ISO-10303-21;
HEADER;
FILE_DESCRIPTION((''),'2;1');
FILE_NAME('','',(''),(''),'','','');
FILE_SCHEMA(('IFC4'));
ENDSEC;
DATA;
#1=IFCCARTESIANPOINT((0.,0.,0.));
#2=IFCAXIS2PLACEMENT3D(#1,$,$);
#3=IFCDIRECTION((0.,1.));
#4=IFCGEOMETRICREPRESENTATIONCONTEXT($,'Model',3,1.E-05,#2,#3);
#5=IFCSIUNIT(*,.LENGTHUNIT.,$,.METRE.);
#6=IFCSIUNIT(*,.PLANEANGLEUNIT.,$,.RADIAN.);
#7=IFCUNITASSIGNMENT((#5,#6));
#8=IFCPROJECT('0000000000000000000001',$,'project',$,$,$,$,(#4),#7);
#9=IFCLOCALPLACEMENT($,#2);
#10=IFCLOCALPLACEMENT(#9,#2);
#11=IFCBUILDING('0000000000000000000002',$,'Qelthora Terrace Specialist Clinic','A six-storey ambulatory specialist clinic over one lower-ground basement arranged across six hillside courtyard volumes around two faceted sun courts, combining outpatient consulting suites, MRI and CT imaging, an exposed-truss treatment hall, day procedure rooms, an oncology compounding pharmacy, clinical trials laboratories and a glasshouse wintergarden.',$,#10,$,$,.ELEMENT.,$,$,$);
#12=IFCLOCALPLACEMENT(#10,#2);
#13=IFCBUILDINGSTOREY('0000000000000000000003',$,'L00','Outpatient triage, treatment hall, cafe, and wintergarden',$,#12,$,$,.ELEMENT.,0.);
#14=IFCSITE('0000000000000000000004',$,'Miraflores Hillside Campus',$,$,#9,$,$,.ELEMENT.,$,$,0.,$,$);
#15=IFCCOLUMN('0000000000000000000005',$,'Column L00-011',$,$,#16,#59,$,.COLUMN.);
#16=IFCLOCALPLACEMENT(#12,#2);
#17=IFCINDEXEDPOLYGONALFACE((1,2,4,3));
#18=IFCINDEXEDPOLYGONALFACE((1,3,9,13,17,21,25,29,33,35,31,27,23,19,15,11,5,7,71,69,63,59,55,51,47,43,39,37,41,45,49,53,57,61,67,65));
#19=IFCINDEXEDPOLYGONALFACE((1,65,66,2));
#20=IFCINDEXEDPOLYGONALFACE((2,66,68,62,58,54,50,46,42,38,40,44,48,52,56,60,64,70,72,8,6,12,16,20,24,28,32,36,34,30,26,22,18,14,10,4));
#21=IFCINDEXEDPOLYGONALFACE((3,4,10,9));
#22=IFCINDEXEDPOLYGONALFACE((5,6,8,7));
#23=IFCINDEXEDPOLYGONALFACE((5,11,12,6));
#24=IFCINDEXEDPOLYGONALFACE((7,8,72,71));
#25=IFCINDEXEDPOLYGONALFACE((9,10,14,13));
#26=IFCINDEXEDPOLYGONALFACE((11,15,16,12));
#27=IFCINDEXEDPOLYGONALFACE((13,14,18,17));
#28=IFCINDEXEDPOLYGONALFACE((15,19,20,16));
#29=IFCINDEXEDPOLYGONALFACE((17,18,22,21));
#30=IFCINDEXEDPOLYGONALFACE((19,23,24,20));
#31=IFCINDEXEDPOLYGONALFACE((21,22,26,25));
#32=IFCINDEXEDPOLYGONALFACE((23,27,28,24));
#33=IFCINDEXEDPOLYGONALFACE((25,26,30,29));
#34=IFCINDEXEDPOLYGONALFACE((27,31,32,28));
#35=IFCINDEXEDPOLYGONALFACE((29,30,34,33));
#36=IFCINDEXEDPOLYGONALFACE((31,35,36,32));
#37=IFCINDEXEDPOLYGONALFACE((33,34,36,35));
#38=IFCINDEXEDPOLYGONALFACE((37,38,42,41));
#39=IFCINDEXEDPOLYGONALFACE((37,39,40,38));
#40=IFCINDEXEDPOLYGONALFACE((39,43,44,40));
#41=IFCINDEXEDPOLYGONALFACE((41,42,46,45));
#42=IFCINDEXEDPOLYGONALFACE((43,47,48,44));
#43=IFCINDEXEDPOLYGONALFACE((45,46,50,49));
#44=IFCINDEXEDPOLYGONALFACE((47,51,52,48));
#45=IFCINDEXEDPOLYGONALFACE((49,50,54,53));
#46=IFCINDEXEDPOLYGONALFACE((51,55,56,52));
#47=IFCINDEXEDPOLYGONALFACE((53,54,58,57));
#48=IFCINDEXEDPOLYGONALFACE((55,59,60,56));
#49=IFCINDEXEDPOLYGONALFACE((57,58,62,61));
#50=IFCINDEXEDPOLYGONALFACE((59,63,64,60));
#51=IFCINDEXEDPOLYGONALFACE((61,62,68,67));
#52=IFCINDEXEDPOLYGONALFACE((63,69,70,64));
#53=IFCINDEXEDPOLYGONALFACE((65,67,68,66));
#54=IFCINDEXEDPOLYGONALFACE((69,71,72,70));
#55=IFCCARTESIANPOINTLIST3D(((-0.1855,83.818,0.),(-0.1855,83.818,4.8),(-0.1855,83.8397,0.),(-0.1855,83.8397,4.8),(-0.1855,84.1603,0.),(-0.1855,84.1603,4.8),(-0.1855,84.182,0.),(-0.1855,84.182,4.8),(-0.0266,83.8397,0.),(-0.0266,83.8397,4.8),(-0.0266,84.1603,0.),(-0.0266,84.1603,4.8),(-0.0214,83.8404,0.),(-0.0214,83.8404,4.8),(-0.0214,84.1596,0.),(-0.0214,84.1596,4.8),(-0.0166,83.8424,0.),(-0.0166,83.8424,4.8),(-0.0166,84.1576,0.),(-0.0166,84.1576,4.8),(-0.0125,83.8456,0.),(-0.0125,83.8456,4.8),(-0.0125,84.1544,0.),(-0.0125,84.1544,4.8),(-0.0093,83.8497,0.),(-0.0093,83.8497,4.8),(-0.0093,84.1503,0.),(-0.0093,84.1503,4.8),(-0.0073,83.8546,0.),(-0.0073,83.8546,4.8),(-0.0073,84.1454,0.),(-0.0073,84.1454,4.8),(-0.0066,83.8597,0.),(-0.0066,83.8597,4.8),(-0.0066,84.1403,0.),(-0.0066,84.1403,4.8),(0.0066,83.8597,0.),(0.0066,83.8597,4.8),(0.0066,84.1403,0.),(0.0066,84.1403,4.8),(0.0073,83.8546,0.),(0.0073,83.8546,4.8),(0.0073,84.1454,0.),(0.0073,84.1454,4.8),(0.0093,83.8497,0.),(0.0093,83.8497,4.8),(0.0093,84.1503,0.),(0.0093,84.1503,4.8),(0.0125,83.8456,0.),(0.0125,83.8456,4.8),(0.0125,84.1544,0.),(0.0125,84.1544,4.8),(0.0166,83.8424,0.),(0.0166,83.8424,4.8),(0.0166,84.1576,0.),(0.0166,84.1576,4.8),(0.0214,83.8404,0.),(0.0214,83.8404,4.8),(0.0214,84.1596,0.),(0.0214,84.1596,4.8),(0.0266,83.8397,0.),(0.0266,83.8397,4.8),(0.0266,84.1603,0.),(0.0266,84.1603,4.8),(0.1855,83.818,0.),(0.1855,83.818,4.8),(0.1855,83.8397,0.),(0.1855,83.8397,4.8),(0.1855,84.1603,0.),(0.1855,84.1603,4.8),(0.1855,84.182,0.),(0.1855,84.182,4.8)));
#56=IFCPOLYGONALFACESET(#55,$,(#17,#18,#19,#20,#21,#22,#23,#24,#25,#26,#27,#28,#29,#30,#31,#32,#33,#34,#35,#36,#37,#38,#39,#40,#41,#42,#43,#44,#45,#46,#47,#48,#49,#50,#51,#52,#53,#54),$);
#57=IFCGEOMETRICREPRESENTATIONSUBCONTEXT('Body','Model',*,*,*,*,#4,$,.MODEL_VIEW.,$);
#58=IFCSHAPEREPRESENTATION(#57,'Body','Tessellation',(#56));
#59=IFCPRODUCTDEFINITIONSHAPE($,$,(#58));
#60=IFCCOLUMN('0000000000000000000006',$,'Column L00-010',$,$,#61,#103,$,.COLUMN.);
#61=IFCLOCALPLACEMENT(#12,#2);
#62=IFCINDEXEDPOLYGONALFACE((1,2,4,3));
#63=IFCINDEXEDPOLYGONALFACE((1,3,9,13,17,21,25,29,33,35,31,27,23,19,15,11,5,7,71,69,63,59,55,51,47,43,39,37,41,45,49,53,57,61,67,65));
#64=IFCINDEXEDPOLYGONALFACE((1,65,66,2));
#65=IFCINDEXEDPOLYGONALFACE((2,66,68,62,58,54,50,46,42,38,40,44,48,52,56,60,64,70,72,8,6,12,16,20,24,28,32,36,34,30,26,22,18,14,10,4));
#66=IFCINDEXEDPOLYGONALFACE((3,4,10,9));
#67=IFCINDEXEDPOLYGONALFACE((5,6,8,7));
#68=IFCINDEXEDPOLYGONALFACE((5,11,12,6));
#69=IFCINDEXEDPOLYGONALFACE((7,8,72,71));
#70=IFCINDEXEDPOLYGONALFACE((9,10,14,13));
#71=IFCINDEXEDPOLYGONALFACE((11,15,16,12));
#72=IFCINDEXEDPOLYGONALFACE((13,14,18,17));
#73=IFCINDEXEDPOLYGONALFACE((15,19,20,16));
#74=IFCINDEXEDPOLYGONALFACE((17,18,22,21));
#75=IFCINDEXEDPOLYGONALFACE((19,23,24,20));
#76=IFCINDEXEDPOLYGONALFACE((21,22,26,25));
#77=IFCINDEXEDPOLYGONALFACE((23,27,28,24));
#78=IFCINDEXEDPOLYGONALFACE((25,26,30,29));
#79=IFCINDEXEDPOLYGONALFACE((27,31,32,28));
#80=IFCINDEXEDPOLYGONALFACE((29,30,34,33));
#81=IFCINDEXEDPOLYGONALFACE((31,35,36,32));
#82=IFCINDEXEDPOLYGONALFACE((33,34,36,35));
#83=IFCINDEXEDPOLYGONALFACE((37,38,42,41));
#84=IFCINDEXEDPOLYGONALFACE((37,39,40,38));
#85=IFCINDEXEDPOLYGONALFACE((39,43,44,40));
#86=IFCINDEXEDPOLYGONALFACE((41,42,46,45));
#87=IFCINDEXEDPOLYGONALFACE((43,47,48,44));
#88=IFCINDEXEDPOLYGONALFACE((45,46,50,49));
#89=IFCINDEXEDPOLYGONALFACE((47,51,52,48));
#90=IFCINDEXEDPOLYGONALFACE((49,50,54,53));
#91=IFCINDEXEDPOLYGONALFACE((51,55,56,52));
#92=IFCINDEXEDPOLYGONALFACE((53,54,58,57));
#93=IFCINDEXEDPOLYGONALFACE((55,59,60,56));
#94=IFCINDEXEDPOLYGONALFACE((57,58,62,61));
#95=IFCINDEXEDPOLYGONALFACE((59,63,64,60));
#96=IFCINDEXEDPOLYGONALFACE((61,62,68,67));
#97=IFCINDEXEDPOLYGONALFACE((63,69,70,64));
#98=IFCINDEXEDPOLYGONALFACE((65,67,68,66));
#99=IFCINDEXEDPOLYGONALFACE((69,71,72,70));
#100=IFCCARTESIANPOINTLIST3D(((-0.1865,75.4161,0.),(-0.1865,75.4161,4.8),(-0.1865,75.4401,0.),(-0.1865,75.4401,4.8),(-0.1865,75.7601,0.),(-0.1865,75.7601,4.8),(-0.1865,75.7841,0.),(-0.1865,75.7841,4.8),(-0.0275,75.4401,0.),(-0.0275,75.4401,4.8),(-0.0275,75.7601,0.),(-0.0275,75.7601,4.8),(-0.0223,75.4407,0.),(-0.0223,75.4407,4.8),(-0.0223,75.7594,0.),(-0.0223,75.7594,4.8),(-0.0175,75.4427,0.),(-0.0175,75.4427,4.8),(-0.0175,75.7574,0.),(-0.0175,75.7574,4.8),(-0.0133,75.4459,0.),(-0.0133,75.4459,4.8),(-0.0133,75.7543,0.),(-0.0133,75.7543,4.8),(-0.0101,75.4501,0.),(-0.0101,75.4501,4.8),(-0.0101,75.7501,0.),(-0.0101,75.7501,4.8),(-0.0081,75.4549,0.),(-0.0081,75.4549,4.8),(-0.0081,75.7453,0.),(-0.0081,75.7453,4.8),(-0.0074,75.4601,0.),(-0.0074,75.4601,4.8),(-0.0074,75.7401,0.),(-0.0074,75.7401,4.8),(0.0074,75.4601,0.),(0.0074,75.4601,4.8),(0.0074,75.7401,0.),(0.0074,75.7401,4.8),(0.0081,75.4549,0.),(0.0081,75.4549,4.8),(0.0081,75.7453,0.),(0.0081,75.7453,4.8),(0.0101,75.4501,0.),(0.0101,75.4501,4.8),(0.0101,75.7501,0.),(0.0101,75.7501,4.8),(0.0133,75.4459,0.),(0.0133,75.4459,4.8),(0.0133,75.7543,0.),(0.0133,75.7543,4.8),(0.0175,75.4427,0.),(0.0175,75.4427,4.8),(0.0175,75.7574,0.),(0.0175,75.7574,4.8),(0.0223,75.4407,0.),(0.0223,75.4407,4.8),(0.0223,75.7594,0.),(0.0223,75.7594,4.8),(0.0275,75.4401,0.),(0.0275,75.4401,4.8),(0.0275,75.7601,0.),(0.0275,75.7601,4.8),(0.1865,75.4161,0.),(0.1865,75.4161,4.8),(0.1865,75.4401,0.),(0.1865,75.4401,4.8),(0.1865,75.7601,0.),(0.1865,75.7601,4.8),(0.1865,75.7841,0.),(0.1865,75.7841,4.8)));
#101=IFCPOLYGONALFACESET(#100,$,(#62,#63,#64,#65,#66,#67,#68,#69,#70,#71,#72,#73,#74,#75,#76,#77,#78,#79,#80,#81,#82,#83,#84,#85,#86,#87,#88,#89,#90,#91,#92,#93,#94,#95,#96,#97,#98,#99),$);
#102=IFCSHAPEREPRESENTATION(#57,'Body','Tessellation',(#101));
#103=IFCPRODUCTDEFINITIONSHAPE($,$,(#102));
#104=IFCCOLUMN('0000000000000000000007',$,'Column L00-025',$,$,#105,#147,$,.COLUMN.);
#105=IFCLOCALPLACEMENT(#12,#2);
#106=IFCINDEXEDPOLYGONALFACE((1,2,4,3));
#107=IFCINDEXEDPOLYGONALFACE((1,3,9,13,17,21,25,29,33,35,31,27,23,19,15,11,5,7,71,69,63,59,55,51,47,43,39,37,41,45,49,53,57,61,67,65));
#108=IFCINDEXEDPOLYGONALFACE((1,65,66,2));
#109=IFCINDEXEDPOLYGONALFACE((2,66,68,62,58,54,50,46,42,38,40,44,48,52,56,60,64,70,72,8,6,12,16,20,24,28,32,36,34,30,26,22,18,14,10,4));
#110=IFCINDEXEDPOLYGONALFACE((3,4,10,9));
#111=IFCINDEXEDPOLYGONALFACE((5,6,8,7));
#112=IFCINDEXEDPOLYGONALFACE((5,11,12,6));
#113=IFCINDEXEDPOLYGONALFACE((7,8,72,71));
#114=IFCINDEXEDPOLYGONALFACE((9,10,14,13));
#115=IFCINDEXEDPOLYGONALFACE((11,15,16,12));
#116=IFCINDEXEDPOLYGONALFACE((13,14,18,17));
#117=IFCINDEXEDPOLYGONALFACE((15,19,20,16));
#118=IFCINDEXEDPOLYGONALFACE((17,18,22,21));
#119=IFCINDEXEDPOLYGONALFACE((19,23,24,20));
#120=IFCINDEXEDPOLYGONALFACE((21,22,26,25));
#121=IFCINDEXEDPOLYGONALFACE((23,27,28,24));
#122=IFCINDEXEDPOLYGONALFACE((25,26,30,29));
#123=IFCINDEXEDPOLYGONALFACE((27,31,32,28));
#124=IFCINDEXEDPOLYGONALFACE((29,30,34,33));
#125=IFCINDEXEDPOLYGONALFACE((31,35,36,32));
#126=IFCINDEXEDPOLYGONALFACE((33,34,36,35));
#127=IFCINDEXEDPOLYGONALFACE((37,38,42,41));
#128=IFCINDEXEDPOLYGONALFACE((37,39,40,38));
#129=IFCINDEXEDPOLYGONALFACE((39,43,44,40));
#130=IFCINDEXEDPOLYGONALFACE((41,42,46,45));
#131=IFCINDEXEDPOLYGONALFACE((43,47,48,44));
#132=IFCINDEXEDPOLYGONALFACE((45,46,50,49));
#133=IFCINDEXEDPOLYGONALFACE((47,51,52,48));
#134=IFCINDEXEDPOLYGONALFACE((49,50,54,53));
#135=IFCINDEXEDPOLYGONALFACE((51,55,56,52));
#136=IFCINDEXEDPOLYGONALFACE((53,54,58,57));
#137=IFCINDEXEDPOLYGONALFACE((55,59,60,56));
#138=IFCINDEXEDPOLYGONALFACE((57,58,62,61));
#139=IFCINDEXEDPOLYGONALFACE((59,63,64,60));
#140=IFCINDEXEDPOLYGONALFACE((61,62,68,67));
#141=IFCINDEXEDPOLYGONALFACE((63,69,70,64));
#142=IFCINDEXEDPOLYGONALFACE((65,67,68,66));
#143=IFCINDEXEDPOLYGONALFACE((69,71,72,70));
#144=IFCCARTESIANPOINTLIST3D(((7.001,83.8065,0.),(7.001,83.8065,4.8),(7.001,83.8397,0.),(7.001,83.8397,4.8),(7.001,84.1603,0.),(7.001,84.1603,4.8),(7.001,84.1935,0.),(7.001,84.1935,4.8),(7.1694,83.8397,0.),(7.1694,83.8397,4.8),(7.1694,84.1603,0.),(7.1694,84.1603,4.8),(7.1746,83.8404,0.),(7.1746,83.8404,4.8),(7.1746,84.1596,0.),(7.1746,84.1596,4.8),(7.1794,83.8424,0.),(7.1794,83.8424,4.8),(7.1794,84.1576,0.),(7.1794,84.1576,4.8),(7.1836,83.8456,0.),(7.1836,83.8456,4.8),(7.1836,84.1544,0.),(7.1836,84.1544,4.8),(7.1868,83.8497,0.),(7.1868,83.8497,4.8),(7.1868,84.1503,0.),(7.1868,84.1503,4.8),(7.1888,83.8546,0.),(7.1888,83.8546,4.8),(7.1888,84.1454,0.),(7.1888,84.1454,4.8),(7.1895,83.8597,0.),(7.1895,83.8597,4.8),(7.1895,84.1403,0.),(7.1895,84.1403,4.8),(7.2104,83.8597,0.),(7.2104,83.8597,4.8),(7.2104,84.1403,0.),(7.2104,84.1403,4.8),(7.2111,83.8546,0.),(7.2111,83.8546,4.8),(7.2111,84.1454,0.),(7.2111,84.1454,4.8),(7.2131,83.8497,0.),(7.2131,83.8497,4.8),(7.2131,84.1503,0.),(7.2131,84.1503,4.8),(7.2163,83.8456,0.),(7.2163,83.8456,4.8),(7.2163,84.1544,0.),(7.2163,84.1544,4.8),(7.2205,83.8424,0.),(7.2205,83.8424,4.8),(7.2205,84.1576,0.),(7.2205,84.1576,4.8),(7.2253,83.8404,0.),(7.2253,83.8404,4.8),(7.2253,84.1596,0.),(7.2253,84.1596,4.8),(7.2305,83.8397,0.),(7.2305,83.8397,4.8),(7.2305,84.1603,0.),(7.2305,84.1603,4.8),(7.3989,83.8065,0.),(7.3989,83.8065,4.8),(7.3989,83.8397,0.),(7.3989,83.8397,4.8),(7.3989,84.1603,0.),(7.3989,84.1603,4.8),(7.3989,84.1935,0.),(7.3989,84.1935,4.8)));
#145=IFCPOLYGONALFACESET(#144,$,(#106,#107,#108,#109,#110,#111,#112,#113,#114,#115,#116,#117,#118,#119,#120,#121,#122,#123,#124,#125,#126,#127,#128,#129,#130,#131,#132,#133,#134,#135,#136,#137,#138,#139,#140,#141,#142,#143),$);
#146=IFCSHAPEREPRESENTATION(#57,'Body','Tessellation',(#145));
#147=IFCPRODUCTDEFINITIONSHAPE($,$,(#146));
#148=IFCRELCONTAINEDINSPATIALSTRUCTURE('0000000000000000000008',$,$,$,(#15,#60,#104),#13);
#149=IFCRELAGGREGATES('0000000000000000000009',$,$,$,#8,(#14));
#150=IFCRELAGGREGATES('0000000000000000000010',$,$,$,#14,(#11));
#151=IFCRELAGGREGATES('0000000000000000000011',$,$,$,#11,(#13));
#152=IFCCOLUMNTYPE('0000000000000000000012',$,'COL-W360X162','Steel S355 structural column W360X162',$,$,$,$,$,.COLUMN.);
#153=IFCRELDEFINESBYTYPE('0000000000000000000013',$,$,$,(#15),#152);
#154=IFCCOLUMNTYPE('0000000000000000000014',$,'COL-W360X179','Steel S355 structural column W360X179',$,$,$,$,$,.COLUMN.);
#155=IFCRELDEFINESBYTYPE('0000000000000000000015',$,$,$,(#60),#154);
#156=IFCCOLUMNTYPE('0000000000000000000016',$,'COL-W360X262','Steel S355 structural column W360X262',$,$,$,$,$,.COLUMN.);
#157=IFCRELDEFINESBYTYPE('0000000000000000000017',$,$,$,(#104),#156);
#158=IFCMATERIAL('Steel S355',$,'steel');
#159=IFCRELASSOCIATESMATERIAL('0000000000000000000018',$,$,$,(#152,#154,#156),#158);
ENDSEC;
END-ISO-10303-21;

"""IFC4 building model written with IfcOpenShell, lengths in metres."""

from ifc_helpers import new_model, si_unit, direction, frame, origin, origin_2d, place, context, subcontext, project, spatial, i_section, extrude, material, material_profile, profile_set, type_object, element, save


model = new_model("IFC4")

# Units and contexts
model_context = context("Model", 3, precision=1e-05, world=origin(), true_north=direction((0.0, 1.0)))
body_context = subcontext(model_context, "Body", "Model", "MODEL_VIEW")
ifc_project = project(units=[si_unit("LENGTHUNIT", "METRE"), si_unit("PLANEANGLEUNIT", "RADIAN")], contexts=[model_context])

# Site, building, storey
site_placement = place(None, origin())
site = spatial("IfcSite", under=ifc_project, at=site_placement, Name="Miraflores Hillside Campus", CompositionType="ELEMENT", RefElevation=0.0)
building_placement = place(site_placement, origin())
building = spatial("IfcBuilding", under=site, at=building_placement, Name="Qelthora Terrace Specialist Clinic", Description="A six-storey ambulatory specialist clinic over one lower-ground basement arranged across six hillside courtyard volumes around two faceted sun courts, combining outpatient consulting suites, MRI and CT imaging, an exposed-truss treatment hall, day procedure rooms, an oncology compounding pharmacy, clinical trials laboratories and a glasshouse wintergarden.", CompositionType="ELEMENT")
storey_placement = place(building_placement, origin())
storey = spatial("IfcBuildingStorey", under=building, at=storey_placement, Name="L00", Description="Outpatient triage, treatment hall, cafe, and wintergarden", CompositionType="ELEMENT", Elevation=0.0)

# Columns
ifc_material_1 = material(Name="Steel S355", Category="steel")
ifc_material_profile_1 = material_profile(ifc_material_1, i_section(OverallWidth=0.3711, OverallDepth=0.364, WebThickness=0.0132, FlangeThickness=0.0217, FilletRadius=0.02, at=origin_2d()), Name="W360X162")
ifc_profile_set_1 = profile_set([ifc_material_profile_1], Name="Steel S355")
column_type_1 = type_object("IfcColumnType", Name="COL-W360X162", Description="Steel S355 structural column W360X162", PredefinedType="COLUMN", material=ifc_profile_set_1)
column_1_placement = place(storey_placement, frame((0.0, 84.0, 0.0), z_axis=(0.0, 0.0, 1.0), x_axis=(1.0, 0.0, 0.0)))
element("IfcColumn", 1, at=column_1_placement, inside=storey, type_object=column_type_1, Name="Column L00-011", PredefinedType="COLUMN", context=body_context, shape_type="SweptSolid", body=[
    extrude(i_section(OverallWidth=0.3711, OverallDepth=0.364, WebThickness=0.0132, FlangeThickness=0.0217, FilletRadius=0.02, at=origin_2d()), origin(), (0.0, 0.0, 1.0), 4.8),
])
ifc_material_profile_2 = material_profile(ifc_material_1, i_section(OverallWidth=0.373, OverallDepth=0.3679, WebThickness=0.0149, FlangeThickness=0.0239, FilletRadius=0.02, at=origin_2d()), Name="W360X179")
ifc_profile_set_2 = profile_set([ifc_material_profile_2], Name="Steel S355")
column_type_2 = type_object("IfcColumnType", Name="COL-W360X179", Description="Steel S355 structural column W360X179", PredefinedType="COLUMN", material=ifc_profile_set_2)
column_2_placement = place(storey_placement, frame((0.0, 75.6001, 0.0), z_axis=(0.0, 0.0, 1.0), x_axis=(1.0, 0.0, 0.0)))
element("IfcColumn", 2, at=column_2_placement, inside=storey, type_object=column_type_2, Name="Column L00-010", PredefinedType="COLUMN", context=body_context, shape_type="SweptSolid", body=[
    extrude(i_section(OverallWidth=0.373, OverallDepth=0.3679, WebThickness=0.0149, FlangeThickness=0.0239, FilletRadius=0.02, at=origin_2d()), origin(), (0.0, 0.0, 1.0), 4.8),
])
ifc_material_profile_3 = material_profile(ifc_material_1, i_section(OverallWidth=0.3979, OverallDepth=0.387, WebThickness=0.021, FlangeThickness=0.0332, FilletRadius=0.02, at=origin_2d()), Name="W360X262")
ifc_profile_set_3 = profile_set([ifc_material_profile_3], Name="Steel S355")
column_type_3 = type_object("IfcColumnType", Name="COL-W360X262", Description="Steel S355 structural column W360X262", PredefinedType="COLUMN", material=ifc_profile_set_3)
column_3_placement = place(storey_placement, frame((7.2, 84.0, 0.0), z_axis=(0.0, 0.0, 1.0), x_axis=(1.0, 0.0, 0.0)))
element("IfcColumn", 3, at=column_3_placement, inside=storey, type_object=column_type_3, Name="Column L00-025", PredefinedType="COLUMN", context=body_context, shape_type="SweptSolid", body=[
    extrude(i_section(OverallWidth=0.3979, OverallDepth=0.387, WebThickness=0.021, FlangeThickness=0.0332, FilletRadius=0.02, at=origin_2d()), origin(), (0.0, 0.0, 1.0), 4.8),
])

save(model, "model.ifc")
